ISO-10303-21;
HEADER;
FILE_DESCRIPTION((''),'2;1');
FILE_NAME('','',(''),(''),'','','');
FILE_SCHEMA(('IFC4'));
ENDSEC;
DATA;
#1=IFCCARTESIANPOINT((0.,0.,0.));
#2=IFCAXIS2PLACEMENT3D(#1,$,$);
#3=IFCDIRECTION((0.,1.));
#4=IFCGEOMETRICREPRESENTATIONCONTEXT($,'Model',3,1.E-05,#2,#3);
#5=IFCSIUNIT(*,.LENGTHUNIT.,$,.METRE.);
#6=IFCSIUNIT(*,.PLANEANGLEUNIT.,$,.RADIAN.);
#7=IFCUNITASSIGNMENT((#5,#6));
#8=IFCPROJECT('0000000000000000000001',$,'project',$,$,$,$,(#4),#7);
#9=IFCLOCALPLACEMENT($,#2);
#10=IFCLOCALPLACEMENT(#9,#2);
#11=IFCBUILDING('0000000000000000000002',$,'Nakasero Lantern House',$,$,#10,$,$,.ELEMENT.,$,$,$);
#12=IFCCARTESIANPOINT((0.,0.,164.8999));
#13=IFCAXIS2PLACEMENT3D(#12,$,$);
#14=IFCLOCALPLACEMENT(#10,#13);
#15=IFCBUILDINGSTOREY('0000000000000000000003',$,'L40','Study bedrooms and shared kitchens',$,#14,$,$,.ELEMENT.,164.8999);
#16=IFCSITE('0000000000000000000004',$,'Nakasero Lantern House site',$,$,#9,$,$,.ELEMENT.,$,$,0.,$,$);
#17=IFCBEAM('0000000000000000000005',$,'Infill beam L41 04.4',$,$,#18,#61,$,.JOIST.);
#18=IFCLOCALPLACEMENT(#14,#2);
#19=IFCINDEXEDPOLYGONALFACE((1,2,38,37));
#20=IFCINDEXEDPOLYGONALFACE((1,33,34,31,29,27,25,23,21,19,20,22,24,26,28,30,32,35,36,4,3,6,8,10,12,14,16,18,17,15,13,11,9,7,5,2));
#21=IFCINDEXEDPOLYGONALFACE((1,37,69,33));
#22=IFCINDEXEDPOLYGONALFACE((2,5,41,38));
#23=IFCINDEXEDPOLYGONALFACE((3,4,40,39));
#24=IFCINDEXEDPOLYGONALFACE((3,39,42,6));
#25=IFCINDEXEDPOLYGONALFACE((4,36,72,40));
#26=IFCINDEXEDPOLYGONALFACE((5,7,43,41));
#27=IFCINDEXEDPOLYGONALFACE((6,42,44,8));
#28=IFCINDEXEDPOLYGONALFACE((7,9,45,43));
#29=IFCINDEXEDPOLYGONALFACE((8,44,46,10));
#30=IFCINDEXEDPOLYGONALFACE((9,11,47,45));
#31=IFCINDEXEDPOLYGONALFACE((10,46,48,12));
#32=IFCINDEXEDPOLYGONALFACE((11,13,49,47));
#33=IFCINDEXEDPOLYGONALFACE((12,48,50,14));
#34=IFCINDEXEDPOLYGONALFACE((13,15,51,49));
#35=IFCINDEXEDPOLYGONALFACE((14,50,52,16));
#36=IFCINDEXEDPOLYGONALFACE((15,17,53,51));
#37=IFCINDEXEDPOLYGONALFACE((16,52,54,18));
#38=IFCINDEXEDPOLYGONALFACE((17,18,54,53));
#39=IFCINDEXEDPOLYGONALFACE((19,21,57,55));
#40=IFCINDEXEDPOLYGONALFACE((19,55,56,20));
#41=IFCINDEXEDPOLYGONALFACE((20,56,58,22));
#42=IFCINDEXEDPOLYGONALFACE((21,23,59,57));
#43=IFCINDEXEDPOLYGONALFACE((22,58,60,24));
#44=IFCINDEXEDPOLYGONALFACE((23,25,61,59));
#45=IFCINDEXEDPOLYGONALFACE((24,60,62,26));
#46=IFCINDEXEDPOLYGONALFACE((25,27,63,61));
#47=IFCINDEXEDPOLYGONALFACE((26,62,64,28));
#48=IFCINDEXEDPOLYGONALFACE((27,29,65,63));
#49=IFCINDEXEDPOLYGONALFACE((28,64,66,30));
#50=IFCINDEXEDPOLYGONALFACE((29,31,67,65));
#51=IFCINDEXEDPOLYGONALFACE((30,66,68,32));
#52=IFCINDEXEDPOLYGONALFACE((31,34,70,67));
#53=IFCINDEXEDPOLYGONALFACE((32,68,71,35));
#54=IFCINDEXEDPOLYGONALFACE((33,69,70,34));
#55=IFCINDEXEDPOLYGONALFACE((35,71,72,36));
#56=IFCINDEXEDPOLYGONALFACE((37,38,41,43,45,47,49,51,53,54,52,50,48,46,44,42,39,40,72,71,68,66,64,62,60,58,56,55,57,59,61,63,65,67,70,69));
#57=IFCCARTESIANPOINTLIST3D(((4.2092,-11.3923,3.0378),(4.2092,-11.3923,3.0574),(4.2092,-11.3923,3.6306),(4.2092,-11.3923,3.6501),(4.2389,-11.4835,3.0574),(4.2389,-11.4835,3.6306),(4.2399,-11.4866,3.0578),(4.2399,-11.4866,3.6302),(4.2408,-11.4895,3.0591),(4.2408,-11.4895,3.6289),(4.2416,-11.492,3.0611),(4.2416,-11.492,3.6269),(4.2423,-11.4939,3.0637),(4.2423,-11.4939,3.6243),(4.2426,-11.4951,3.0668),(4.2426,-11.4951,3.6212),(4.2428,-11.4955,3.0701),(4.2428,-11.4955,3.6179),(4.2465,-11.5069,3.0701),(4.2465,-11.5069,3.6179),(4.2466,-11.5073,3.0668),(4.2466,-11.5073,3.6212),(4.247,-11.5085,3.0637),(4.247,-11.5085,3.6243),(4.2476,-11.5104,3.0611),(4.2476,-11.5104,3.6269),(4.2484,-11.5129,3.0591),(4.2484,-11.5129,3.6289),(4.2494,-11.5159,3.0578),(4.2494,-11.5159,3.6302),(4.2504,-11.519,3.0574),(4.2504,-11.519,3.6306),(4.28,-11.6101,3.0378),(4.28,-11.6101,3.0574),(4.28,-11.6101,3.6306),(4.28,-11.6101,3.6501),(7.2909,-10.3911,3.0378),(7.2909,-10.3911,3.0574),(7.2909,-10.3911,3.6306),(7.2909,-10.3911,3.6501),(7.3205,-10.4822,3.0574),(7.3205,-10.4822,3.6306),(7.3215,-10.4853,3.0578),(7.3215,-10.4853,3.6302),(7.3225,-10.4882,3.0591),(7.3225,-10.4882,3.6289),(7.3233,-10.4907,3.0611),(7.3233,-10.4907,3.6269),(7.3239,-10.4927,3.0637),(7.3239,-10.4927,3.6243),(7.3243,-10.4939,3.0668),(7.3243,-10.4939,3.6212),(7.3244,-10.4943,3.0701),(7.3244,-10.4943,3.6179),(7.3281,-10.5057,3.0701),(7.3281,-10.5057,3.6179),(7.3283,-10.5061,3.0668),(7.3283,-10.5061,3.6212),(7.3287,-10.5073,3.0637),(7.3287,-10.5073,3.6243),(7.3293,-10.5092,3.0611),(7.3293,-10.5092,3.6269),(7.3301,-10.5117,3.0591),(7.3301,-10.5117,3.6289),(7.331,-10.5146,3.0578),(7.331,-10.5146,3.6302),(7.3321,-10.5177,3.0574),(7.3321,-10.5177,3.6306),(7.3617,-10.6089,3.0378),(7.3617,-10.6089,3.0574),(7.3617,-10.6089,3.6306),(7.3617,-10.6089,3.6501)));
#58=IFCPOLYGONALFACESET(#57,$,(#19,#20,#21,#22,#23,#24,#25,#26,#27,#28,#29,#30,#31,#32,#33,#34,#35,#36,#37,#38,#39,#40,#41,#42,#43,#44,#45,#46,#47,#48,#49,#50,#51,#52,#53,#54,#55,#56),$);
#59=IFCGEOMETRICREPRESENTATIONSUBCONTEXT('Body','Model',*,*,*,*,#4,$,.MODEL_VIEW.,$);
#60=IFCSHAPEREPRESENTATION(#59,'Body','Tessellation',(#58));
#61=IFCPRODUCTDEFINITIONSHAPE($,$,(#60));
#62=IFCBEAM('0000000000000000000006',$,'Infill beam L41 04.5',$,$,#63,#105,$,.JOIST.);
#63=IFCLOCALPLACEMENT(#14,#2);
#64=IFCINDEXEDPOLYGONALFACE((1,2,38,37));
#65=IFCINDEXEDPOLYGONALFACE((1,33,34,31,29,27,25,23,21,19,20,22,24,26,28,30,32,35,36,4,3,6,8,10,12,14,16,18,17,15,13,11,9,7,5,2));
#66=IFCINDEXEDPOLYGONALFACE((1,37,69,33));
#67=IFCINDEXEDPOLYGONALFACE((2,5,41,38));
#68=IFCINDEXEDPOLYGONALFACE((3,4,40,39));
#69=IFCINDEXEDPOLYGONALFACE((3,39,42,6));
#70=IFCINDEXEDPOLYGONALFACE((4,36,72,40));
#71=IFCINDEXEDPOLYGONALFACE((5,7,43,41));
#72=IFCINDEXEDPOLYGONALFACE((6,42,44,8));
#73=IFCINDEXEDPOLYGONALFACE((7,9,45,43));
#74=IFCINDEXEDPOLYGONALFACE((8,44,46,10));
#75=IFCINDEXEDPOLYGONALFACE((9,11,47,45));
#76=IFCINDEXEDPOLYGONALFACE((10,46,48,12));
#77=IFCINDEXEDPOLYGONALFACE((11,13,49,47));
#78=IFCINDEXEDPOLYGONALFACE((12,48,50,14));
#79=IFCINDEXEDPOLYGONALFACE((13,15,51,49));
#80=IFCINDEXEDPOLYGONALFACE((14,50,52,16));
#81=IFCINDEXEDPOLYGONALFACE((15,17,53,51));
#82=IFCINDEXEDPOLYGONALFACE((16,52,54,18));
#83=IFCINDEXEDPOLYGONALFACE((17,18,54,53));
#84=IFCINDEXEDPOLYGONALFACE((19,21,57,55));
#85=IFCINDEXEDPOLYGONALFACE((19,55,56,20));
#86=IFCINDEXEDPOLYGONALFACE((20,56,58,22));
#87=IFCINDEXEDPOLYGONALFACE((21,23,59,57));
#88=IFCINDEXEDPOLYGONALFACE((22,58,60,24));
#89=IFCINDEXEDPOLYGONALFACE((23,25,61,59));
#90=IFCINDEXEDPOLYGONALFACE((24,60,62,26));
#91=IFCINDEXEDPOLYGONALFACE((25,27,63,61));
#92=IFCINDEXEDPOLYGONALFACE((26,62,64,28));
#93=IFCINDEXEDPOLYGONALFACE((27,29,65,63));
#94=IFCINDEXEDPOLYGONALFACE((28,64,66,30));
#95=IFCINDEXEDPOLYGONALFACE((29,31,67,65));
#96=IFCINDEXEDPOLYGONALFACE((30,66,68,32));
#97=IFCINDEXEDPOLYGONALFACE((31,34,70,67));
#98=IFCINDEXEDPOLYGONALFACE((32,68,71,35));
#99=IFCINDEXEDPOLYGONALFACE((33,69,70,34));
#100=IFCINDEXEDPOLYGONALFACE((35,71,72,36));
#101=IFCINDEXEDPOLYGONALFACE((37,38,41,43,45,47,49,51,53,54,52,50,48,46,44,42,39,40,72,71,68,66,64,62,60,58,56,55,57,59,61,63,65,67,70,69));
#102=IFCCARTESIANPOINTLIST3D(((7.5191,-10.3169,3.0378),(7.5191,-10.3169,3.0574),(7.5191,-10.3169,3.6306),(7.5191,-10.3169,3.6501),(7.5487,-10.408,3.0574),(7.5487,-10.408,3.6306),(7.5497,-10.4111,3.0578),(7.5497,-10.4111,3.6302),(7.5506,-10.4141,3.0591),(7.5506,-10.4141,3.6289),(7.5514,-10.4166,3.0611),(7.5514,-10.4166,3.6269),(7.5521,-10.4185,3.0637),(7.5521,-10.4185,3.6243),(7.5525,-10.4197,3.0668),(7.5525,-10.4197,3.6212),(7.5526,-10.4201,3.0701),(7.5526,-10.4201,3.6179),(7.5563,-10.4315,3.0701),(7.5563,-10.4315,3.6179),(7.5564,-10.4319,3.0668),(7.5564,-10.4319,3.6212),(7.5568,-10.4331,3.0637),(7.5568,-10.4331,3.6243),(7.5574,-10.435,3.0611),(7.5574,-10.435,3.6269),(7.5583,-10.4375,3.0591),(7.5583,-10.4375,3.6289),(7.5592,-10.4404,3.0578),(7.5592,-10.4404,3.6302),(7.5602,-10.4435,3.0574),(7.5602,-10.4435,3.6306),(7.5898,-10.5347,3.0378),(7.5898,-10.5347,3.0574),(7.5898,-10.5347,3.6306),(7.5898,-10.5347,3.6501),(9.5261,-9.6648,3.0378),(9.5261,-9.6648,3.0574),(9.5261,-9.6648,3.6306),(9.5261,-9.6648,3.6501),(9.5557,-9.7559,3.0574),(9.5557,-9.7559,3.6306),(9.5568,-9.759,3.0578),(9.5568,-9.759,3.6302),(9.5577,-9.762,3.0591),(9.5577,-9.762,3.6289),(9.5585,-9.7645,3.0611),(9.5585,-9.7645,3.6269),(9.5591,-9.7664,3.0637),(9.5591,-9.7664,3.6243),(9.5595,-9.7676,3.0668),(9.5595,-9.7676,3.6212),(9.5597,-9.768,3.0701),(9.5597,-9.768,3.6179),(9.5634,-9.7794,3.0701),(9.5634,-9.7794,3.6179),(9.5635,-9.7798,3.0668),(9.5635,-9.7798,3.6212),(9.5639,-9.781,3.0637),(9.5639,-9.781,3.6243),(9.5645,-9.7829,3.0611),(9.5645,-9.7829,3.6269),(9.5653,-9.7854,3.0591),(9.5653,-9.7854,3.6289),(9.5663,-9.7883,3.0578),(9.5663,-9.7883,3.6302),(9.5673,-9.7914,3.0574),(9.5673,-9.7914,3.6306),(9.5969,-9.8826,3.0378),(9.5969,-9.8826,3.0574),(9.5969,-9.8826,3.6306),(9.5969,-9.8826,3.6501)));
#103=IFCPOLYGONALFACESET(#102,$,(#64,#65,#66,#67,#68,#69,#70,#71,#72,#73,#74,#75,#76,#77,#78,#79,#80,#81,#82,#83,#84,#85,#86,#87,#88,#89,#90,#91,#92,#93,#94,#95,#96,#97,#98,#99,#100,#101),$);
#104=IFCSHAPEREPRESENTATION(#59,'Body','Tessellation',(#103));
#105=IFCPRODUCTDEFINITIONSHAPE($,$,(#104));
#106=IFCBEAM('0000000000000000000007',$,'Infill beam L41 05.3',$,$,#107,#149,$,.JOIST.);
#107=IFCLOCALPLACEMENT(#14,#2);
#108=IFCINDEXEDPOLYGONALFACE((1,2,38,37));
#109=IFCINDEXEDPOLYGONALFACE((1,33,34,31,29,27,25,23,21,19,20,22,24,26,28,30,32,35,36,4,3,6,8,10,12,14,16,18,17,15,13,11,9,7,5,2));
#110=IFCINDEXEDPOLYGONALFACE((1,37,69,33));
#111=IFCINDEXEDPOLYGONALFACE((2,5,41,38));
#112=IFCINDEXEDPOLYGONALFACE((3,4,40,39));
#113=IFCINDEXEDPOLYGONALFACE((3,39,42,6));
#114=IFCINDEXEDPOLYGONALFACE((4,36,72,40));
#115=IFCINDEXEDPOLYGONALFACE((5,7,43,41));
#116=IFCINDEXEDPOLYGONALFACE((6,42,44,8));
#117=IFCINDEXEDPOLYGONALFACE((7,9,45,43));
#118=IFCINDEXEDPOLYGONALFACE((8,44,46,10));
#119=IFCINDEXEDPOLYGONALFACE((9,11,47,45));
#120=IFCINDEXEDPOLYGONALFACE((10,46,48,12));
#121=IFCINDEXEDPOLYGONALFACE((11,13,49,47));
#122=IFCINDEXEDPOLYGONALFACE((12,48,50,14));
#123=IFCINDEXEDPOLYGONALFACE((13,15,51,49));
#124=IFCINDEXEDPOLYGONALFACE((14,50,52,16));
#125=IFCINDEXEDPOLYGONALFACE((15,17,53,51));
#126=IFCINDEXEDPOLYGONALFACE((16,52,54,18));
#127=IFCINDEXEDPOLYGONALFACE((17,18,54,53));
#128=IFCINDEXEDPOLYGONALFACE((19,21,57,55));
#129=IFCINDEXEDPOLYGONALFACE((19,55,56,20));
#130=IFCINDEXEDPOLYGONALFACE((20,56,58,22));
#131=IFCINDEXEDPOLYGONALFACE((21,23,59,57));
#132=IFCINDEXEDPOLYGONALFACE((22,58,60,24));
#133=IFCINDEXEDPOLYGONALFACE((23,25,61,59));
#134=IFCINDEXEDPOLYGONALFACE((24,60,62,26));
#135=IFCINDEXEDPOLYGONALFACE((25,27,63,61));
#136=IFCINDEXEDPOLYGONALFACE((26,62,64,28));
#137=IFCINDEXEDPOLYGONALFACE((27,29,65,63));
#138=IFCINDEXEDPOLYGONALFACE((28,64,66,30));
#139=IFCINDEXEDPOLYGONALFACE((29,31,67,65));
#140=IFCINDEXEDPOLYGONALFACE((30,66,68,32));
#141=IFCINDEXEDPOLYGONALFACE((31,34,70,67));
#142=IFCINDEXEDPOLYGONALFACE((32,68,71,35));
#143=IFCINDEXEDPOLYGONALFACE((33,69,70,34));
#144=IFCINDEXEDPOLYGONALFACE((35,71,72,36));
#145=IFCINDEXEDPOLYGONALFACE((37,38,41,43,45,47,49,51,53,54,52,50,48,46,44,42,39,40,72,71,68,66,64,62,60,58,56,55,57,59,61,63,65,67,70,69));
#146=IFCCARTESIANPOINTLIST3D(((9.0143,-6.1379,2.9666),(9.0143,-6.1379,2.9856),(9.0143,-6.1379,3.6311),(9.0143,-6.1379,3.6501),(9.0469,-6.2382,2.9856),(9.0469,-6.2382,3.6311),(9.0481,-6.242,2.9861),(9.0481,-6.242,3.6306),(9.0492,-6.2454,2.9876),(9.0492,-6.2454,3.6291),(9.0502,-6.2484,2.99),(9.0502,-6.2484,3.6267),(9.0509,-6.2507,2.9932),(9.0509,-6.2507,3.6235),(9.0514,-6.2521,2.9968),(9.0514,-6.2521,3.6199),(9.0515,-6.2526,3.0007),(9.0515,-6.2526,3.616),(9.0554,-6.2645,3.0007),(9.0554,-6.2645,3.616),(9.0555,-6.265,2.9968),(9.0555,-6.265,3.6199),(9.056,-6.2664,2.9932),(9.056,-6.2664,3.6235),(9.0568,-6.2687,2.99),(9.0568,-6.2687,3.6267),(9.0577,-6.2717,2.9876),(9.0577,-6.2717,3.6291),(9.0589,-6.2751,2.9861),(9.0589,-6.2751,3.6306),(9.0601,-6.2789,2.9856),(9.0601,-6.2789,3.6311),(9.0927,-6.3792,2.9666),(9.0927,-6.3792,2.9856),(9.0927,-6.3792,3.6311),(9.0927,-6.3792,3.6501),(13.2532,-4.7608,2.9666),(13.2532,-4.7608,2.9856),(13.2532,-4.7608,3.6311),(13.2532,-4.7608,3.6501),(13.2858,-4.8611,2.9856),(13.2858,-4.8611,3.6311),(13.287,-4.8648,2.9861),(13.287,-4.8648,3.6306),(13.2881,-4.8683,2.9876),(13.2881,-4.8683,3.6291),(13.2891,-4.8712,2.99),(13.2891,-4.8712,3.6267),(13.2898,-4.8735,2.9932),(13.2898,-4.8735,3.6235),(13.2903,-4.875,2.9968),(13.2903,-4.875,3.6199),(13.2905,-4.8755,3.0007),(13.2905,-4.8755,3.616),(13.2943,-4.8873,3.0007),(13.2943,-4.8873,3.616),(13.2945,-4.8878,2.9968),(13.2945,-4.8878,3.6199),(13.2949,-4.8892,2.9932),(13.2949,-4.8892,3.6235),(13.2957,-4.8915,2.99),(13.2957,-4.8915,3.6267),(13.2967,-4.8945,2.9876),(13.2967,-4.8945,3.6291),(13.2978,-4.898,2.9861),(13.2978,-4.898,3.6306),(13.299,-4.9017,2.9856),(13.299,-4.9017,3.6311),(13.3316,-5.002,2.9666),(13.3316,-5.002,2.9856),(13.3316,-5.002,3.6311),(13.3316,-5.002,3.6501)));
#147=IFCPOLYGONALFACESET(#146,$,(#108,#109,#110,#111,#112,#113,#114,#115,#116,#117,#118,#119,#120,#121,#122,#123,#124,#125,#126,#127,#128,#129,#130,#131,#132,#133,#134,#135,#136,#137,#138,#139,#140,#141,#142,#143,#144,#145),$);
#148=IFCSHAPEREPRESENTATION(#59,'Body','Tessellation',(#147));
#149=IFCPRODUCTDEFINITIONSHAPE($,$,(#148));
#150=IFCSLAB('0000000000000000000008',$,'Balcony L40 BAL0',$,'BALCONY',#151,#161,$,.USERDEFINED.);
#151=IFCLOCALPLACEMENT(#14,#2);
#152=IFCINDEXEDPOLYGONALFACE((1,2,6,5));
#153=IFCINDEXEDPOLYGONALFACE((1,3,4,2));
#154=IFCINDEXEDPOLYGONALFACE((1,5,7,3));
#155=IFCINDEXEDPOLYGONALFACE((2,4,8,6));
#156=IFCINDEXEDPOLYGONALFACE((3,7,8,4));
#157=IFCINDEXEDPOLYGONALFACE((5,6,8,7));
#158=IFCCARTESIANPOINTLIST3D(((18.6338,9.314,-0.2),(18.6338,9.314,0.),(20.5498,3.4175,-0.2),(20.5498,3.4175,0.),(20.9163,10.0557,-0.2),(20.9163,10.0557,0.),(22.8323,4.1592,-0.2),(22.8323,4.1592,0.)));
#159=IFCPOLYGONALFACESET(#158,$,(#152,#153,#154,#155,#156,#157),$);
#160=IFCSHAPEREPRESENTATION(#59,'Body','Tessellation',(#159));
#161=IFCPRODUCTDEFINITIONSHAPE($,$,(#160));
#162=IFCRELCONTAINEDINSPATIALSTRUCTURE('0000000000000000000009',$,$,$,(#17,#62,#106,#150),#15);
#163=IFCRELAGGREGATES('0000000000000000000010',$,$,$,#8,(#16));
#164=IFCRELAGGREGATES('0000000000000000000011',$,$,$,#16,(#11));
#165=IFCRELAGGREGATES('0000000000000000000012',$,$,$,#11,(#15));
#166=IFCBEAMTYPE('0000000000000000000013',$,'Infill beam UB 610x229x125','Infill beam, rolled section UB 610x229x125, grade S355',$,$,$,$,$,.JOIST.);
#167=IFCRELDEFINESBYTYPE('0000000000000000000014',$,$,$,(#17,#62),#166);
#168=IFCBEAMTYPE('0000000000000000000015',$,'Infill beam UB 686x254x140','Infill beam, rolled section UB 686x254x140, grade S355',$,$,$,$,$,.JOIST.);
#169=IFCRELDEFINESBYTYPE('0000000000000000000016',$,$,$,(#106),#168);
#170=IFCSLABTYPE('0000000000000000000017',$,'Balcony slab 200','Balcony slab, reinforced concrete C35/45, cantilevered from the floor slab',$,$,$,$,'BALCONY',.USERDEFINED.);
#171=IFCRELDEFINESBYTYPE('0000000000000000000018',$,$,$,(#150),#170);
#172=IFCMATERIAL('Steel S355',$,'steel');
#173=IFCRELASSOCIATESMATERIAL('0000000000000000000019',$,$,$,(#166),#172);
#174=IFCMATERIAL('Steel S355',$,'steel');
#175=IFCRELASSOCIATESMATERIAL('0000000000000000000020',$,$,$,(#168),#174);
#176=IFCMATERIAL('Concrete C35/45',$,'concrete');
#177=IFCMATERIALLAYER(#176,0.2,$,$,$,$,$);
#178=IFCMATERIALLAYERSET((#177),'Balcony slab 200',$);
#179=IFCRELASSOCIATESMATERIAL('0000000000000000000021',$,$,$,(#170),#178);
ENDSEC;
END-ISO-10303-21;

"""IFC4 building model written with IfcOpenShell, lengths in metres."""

from ifc_helpers import new_model, si_unit, direction, frame, origin, origin_2d, place, context, subcontext, project, spatial, polyline, i_section, outline, extrude, material, layer, layer_set, material_profile, profile_set, type_object, element, save


model = new_model("IFC4")

# Units and contexts
model_context = context("Model", 3, precision=1e-05, world=origin(), true_north=direction((0.0, 1.0)))
body_context = subcontext(model_context, "Body", "Model", "MODEL_VIEW")
ifc_project = project(units=[si_unit("LENGTHUNIT", "METRE"), si_unit("PLANEANGLEUNIT", "RADIAN")], contexts=[model_context])

# Site, building, storey
site_placement = place(None, origin())
site = spatial("IfcSite", under=ifc_project, at=site_placement, Name="Nakasero Lantern House site", CompositionType="ELEMENT", RefElevation=0.0)
building_placement = place(site_placement, origin())
building = spatial("IfcBuilding", under=site, at=building_placement, Name="Nakasero Lantern House", CompositionType="ELEMENT")
storey_placement = place(building_placement, frame((0.0, 0.0, 164.8999)))
storey = spatial("IfcBuildingStorey", under=building, at=storey_placement, Name="L40", Description="Study bedrooms and shared kitchens", CompositionType="ELEMENT", Elevation=164.8999)

# Beams
ifc_material_1 = material(Name="Steel S355", Category="steel")
ifc_material_profile_1 = material_profile(ifc_material_1, i_section(OverallWidth=0.229, OverallDepth=0.6123, WebThickness=0.012, FlangeThickness=0.0195, FilletRadius=0.0127, at=origin_2d()), Name="UB 610x229x125")
ifc_profile_set_1 = profile_set([ifc_material_profile_1], Name="Steel S355")
beam_type_1 = type_object("IfcBeamType", Name="Infill beam UB 610x229x125", Description="Infill beam, rolled section UB 610x229x125, grade S355", PredefinedType="JOIST", material=ifc_profile_set_1)
beam_1_placement = place(storey_placement, frame((4.2446, -11.5012, 3.344), z_axis=(0.95106, 0.309008, 0.0), x_axis=(-0.309008, 0.95106, 0.0)))
element("IfcBeam", 1, at=beam_1_placement, inside=storey, type_object=beam_type_1, Name="Infill beam L41 04.4", PredefinedType="JOIST", context=body_context, shape_type="SweptSolid", body=[
    extrude(i_section(OverallWidth=0.229, OverallDepth=0.6123, WebThickness=0.012, FlangeThickness=0.0195, FilletRadius=0.0127, at=origin_2d()), origin(), (0.0, 0.0, 1.0), 3.2402),
])
beam_2_placement = place(storey_placement, frame((7.5544, -10.4258, 3.344), z_axis=(0.951062, 0.309, 0.0), x_axis=(-0.309, 0.951062, 0.0)))
element("IfcBeam", 2, at=beam_2_placement, inside=storey, type_object=beam_type_1, Name="Infill beam L41 04.5", PredefinedType="JOIST", context=body_context, shape_type="SweptSolid", body=[
    extrude(i_section(OverallWidth=0.229, OverallDepth=0.6123, WebThickness=0.012, FlangeThickness=0.0195, FilletRadius=0.0127, at=origin_2d()), origin(), (0.0, 0.0, 1.0), 2.1104),
])
ifc_material_2 = material(Name="Steel S355", Category="steel")
ifc_material_profile_2 = material_profile(ifc_material_2, i_section(OverallWidth=0.2537, OverallDepth=0.6836, WebThickness=0.0125, FlangeThickness=0.019, FilletRadius=0.0151, at=origin_2d()), Name="UB 686x254x140")
ifc_profile_set_2 = profile_set([ifc_material_profile_2], Name="Steel S355")
beam_type_2 = type_object("IfcBeamType", Name="Infill beam UB 686x254x140", Description="Infill beam, rolled section UB 686x254x140, grade S355", PredefinedType="JOIST", material=ifc_profile_set_2)
beam_3_placement = place(storey_placement, frame((9.0535, -6.2585, 3.3083), z_axis=(0.951066, 0.308988, 0.0), x_axis=(-0.308988, 0.951066, 0.0)))
element("IfcBeam", 3, at=beam_3_placement, inside=storey, type_object=beam_type_2, Name="Infill beam L41 05.3", PredefinedType="JOIST", context=body_context, shape_type="SweptSolid", body=[
    extrude(i_section(OverallWidth=0.2537, OverallDepth=0.6836, WebThickness=0.0125, FlangeThickness=0.019, FilletRadius=0.0151, at=origin_2d()), origin(), (0.0, 0.0, 1.0), 4.457),
])

# Slab
ifc_material_3 = material(Name="Concrete C35/45", Category="concrete")
ifc_layer_1 = layer(ifc_material_3, 0.2)
ifc_layer_set_1 = layer_set([ifc_layer_1], Name="Balcony slab 200")
slab_type_1 = type_object("IfcSlabType", Name="Balcony slab 200", Description="Balcony slab, reinforced concrete C35/45, cantilevered from the floor slab", ElementType="BALCONY", PredefinedType="USERDEFINED", material=ifc_layer_set_1)
slab_1_placement = place(storey_placement, frame((0.0, 0.0, -0.2)))
element("IfcSlab", 4, at=slab_1_placement, inside=storey, type_object=slab_type_1, Name="Balcony L40 BAL0", ObjectType="BALCONY", PredefinedType="USERDEFINED", context=body_context, shape_type="SweptSolid", body=[
    extrude(outline(polyline([(20.5498, 3.4175), (22.8323, 4.1592), (20.9163, 10.0557), (18.6338, 9.314), (20.5498, 3.4175)])), origin(), (0.0, 0.0, 1.0), 0.2),
])

save(model, "model.ifc")
